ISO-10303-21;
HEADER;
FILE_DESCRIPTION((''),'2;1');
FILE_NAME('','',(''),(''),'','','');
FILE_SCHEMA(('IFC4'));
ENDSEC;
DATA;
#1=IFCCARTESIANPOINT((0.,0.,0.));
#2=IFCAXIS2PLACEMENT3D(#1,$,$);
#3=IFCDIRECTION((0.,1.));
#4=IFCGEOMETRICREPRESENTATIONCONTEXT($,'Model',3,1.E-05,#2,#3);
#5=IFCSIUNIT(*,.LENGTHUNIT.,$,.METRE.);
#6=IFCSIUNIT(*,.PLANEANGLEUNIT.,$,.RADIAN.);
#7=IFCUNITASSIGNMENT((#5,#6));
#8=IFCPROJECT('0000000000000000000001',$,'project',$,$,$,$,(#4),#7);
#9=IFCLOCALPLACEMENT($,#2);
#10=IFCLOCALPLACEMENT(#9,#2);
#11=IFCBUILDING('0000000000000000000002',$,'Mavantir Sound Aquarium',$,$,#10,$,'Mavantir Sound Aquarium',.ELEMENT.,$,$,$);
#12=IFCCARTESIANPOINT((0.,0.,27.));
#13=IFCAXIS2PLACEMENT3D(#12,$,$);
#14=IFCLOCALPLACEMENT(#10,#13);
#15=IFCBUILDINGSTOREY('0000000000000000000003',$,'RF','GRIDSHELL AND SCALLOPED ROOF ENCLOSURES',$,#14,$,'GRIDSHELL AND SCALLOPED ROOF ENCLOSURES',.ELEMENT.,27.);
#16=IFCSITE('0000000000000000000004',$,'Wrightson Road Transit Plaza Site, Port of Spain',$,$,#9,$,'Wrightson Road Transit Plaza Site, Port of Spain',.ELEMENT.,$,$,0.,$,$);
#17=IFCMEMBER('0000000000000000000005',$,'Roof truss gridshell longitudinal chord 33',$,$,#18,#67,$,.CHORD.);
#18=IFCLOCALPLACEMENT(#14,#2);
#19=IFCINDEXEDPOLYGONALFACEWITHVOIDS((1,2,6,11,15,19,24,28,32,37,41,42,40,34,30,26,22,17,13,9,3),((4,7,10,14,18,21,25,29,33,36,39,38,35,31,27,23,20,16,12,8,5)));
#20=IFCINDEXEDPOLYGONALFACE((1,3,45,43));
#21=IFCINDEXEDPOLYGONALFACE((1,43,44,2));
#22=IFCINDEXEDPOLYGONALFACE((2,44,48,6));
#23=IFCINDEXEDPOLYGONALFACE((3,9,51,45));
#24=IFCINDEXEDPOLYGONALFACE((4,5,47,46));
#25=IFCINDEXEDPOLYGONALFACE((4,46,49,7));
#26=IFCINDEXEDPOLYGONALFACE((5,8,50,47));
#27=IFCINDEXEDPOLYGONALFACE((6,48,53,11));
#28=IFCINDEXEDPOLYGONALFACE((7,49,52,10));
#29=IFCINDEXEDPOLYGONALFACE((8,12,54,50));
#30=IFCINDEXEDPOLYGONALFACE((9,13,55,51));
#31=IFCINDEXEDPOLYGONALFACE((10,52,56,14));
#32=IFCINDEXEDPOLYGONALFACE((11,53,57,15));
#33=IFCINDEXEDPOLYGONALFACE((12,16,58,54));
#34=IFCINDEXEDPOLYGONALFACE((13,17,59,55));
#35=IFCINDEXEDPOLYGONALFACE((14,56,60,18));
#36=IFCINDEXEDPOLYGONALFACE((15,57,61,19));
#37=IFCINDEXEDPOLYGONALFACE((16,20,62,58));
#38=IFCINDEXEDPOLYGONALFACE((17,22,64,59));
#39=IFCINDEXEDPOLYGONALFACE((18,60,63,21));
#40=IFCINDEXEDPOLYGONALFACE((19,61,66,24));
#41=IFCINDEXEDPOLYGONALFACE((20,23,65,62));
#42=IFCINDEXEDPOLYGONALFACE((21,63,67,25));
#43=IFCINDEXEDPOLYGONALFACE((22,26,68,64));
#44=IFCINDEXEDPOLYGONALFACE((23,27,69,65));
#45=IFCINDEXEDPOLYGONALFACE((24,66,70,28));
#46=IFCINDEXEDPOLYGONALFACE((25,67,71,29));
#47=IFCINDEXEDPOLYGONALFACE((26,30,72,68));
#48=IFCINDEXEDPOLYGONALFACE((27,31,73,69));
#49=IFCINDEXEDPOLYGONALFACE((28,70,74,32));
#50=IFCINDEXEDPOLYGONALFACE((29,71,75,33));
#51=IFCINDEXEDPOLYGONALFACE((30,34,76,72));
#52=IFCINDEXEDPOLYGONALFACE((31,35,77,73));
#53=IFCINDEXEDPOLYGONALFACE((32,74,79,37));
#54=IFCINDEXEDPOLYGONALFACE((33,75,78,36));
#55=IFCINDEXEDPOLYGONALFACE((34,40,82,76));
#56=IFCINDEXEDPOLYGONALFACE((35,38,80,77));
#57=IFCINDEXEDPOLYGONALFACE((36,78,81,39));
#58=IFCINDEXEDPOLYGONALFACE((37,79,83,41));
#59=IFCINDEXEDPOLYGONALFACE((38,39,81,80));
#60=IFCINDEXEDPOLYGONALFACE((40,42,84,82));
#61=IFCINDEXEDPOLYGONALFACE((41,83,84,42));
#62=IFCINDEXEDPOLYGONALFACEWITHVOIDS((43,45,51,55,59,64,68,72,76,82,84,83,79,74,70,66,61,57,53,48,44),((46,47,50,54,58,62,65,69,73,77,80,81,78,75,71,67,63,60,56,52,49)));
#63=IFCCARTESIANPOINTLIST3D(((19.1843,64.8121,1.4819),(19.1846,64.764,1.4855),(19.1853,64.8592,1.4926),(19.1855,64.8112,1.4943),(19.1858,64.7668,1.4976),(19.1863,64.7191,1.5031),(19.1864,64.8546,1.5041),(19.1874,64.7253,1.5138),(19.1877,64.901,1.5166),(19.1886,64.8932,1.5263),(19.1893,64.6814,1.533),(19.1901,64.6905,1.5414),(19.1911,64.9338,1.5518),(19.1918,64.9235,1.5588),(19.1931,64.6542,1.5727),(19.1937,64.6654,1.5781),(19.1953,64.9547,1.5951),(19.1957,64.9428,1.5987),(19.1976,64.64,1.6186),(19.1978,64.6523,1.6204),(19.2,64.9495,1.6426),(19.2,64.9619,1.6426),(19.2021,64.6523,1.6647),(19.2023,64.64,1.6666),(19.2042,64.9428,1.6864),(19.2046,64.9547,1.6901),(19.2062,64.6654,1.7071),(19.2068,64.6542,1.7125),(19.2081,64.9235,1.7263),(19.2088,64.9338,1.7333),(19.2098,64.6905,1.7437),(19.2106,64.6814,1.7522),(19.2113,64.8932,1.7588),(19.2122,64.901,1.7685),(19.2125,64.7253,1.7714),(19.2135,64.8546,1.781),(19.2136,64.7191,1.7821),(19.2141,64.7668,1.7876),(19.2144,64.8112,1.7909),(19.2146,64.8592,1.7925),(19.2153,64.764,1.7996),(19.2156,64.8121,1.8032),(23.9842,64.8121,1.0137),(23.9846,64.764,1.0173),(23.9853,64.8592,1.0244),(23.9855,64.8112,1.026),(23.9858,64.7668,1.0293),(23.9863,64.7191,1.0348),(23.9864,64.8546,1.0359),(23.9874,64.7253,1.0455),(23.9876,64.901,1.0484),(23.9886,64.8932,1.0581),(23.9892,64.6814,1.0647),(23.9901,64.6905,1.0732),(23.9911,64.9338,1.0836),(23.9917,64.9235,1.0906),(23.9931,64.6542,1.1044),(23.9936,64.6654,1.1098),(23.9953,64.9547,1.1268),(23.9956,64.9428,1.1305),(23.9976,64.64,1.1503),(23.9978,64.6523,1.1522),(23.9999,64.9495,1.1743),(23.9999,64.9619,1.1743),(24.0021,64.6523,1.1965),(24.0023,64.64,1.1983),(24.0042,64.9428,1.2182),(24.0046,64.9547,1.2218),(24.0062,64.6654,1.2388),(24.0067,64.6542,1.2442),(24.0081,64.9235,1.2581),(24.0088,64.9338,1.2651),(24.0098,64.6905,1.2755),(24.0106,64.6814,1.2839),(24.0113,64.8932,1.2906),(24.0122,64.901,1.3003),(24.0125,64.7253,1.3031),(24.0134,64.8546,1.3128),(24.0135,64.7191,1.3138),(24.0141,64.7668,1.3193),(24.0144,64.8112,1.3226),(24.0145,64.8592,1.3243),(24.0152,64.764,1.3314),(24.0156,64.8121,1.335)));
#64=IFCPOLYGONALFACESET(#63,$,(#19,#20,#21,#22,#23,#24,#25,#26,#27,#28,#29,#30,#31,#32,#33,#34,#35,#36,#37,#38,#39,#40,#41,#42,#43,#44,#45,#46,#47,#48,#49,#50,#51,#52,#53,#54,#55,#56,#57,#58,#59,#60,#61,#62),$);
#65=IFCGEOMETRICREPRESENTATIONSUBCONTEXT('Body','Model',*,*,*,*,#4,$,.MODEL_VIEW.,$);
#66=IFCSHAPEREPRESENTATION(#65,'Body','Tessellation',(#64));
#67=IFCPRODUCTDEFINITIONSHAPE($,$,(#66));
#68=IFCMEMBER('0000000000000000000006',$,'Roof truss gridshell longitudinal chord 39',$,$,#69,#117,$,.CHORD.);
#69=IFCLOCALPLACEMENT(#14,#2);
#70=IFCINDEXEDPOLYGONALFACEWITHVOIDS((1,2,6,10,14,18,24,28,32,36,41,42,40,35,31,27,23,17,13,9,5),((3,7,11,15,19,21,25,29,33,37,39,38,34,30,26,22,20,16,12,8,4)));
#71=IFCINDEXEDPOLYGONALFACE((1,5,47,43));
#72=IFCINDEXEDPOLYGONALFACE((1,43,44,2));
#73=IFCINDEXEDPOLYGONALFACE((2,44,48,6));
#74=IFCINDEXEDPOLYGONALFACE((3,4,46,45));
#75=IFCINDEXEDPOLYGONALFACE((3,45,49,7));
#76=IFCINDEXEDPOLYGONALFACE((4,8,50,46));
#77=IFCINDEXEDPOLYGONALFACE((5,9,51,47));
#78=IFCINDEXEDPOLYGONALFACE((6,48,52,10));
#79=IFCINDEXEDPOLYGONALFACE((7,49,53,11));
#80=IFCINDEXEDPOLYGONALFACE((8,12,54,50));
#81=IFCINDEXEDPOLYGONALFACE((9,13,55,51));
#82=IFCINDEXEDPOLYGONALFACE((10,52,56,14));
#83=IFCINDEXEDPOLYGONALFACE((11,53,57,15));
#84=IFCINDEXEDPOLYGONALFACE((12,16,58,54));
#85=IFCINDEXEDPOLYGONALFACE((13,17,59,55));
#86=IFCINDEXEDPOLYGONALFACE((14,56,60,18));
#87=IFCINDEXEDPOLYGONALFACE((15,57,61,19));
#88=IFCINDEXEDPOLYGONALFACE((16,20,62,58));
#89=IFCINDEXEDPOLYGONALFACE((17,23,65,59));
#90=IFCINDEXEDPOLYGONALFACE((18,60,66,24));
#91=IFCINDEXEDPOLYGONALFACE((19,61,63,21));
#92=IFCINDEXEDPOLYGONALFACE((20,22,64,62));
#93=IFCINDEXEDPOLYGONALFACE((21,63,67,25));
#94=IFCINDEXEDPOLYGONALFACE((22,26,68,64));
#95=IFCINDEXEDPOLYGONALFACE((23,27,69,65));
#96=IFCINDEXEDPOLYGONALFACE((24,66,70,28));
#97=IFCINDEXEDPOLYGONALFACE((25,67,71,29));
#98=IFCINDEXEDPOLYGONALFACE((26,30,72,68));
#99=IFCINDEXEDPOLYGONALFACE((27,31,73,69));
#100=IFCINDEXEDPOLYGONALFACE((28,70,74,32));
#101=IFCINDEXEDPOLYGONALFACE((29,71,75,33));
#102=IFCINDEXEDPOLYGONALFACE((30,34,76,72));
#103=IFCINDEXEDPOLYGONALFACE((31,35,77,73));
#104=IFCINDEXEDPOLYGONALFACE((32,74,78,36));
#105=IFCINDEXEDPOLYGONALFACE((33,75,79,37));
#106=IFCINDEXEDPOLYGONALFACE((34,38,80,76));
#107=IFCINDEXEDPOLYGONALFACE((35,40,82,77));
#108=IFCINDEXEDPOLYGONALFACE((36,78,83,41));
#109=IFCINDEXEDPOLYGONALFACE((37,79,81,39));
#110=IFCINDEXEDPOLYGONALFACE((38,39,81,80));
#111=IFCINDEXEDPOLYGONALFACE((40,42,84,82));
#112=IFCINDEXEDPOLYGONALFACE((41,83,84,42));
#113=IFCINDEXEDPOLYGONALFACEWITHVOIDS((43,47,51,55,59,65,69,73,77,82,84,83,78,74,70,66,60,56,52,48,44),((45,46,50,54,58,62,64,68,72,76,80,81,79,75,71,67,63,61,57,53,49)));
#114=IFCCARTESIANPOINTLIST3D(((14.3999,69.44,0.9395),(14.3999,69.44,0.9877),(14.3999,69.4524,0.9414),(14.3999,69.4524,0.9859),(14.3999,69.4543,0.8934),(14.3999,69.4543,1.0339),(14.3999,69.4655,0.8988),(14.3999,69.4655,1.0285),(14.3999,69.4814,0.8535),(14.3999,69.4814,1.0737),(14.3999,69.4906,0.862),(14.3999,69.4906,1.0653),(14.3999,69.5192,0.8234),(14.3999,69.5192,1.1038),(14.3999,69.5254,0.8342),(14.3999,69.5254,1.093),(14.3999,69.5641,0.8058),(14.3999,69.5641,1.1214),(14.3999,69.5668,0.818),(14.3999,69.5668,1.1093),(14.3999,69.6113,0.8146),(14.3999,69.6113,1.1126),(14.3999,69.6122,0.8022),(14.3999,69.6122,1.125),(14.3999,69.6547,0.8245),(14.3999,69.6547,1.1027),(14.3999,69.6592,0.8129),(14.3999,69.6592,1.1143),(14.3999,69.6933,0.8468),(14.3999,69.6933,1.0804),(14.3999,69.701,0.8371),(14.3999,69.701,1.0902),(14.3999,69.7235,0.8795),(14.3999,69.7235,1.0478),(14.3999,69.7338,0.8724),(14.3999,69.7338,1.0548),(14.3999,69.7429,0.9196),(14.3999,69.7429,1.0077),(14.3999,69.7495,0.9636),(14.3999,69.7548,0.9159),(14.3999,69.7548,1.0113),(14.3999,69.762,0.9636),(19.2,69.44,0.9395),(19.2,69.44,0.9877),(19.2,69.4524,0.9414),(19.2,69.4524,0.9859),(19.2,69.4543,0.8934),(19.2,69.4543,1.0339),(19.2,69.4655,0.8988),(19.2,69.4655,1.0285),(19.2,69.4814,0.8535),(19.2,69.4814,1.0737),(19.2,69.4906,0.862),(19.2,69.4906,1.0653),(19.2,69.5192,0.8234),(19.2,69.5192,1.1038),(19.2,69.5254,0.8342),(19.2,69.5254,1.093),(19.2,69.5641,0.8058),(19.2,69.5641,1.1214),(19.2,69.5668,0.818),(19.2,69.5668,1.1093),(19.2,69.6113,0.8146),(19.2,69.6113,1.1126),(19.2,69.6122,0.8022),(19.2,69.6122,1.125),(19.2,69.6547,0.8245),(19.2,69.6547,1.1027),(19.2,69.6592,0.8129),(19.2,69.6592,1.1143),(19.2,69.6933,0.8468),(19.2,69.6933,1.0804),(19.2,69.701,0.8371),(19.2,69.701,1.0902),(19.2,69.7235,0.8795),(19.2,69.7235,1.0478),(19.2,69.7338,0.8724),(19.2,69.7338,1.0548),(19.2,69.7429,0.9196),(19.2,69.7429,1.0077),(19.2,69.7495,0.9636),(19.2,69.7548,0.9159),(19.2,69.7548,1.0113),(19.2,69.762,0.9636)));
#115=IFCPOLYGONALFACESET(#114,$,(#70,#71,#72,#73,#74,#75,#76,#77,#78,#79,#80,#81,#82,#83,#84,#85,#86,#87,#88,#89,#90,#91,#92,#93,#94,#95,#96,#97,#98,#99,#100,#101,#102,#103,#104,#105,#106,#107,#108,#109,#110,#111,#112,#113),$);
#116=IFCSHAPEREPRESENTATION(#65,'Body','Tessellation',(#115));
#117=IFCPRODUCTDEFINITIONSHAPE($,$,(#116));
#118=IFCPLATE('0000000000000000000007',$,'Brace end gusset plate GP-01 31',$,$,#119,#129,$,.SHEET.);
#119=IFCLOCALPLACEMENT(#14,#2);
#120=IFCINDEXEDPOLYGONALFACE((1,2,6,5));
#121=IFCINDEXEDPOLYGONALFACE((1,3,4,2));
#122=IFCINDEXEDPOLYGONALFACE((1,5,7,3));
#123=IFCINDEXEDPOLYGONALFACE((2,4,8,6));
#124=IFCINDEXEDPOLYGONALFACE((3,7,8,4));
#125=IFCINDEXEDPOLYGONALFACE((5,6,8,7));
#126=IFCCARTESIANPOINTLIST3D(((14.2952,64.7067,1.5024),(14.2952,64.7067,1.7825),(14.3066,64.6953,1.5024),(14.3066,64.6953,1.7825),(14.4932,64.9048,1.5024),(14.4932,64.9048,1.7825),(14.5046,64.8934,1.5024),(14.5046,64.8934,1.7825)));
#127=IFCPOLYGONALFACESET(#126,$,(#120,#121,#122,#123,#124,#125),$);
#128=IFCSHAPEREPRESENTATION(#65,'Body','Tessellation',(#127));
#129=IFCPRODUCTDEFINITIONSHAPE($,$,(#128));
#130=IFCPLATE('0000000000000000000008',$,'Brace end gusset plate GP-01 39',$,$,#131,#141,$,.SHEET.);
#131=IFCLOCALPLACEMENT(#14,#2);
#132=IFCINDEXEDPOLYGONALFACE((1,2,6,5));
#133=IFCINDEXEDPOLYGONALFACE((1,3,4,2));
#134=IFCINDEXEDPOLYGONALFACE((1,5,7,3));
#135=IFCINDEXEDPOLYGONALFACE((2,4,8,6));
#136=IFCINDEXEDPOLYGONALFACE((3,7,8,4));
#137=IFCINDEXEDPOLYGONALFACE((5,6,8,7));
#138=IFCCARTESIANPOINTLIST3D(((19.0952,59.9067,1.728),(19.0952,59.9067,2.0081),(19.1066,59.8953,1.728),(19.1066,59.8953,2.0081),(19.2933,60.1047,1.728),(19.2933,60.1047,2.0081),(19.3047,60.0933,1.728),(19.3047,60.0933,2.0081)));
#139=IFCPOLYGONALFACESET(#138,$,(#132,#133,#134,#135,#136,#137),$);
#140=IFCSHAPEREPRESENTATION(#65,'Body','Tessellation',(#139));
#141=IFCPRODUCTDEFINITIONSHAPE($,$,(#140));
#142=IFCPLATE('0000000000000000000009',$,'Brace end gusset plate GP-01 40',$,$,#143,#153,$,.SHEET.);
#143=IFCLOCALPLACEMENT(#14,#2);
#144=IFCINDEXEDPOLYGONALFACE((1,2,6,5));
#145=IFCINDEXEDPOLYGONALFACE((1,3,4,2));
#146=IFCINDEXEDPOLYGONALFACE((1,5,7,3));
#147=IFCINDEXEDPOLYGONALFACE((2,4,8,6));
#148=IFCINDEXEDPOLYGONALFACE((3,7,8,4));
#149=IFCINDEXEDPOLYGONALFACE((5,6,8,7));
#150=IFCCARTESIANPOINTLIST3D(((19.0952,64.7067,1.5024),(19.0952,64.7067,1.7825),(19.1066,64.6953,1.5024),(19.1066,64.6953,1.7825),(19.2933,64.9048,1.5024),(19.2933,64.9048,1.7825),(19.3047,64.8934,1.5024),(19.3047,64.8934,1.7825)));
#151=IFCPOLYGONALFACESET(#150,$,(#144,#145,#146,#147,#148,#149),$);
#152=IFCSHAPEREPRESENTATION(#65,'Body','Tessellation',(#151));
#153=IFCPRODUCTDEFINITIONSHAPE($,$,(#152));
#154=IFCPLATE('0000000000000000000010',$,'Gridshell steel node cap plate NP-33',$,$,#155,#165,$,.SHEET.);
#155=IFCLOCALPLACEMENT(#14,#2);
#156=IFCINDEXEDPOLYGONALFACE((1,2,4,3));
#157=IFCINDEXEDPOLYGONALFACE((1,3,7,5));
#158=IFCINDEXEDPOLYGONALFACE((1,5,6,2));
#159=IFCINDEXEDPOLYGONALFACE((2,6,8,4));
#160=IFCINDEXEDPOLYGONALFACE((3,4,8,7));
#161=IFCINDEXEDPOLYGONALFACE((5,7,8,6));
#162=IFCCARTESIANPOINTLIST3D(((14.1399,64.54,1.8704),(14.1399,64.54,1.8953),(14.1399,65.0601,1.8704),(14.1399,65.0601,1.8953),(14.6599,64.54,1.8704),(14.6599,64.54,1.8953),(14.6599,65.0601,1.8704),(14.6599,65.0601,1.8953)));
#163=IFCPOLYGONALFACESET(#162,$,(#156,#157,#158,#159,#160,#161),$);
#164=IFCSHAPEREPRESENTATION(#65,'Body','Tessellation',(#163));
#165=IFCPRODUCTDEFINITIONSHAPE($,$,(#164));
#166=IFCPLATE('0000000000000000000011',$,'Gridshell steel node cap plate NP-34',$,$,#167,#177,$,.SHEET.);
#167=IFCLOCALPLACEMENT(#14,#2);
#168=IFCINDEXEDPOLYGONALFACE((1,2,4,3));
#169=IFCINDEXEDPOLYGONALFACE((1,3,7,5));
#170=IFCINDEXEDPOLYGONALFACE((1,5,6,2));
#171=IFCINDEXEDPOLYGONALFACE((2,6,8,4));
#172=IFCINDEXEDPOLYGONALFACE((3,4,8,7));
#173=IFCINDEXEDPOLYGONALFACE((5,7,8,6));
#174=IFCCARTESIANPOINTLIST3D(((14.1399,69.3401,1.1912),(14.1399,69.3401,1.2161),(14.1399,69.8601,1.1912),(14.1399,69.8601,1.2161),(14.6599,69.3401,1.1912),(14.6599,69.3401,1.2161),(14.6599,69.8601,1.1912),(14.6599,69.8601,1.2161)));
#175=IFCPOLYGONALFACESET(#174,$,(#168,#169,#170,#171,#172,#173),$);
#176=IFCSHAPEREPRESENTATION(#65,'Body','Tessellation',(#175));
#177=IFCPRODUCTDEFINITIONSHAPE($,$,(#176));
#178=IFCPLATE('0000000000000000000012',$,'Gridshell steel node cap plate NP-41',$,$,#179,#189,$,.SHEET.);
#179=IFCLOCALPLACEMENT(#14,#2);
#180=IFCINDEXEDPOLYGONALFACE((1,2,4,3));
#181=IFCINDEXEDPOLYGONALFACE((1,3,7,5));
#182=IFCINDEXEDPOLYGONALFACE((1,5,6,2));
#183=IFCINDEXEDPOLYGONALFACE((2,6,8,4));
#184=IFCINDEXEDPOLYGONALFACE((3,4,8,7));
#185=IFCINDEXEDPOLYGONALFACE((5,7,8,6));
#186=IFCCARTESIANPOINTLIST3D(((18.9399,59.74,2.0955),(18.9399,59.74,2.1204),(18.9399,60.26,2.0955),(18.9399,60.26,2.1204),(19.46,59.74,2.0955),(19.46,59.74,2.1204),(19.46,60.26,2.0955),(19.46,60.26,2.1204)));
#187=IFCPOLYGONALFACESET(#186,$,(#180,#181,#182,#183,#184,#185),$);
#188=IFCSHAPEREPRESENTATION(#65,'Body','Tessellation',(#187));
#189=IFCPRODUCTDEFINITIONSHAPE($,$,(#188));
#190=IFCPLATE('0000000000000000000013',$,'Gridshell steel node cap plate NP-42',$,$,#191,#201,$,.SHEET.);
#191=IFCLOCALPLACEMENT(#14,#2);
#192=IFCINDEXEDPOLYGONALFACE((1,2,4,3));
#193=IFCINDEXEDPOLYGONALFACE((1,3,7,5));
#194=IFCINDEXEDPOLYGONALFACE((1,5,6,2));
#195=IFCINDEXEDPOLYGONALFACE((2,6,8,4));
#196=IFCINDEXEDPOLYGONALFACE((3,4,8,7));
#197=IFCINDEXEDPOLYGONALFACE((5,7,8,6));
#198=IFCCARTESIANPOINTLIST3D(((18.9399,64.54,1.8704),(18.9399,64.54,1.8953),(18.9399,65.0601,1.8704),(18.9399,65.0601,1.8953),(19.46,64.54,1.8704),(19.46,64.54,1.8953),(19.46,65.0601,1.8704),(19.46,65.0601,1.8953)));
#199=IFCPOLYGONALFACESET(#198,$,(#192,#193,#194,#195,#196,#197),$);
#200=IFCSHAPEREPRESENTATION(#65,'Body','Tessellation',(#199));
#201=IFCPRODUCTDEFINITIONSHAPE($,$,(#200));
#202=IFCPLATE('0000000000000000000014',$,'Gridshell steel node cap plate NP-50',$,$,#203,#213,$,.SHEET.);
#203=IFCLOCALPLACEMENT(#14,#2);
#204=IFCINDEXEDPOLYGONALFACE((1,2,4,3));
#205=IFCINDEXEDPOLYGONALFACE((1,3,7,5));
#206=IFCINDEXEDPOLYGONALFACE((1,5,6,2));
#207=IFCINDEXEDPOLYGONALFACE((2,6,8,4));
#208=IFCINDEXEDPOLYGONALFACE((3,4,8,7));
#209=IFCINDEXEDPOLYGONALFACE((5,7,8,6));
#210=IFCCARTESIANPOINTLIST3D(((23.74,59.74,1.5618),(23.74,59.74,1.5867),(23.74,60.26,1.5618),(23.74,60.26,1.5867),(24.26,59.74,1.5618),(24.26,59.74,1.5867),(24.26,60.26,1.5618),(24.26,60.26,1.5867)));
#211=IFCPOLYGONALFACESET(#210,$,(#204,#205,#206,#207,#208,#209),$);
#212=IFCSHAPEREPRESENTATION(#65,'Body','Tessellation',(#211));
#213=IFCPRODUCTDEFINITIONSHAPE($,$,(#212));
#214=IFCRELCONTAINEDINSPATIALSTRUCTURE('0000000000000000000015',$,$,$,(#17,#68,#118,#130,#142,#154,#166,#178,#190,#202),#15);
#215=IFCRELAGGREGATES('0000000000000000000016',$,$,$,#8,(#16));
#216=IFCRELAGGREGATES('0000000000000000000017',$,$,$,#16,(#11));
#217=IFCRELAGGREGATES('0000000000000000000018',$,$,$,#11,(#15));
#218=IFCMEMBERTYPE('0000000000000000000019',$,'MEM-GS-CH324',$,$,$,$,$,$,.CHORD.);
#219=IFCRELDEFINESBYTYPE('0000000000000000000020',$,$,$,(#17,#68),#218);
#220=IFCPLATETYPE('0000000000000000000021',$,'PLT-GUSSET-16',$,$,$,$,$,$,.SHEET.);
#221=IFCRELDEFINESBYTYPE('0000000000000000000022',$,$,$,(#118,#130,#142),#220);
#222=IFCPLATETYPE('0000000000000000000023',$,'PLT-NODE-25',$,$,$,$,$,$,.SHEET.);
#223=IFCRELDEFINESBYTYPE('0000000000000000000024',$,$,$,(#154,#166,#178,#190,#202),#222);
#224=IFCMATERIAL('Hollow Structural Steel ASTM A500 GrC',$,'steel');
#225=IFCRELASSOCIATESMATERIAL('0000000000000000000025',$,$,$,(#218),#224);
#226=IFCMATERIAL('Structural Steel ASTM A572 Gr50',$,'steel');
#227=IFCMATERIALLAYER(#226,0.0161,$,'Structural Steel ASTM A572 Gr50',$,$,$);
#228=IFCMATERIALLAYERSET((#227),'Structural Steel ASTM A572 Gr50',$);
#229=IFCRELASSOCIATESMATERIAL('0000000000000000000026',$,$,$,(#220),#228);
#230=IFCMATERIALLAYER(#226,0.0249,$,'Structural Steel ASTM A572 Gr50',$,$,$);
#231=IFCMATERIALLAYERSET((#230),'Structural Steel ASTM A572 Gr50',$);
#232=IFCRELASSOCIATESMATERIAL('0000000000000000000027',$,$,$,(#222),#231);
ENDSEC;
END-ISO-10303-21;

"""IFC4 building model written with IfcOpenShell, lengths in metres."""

from ifc_helpers import new_model, si_unit, direction, frame, origin, origin_2d, place, context, subcontext, project, spatial, rectangle, hollow_circle, extrude, material, layer, layer_set, material_profile, profile_set, type_object, element, save


model = new_model("IFC4")

# Units and contexts
model_context = context("Model", 3, precision=1e-05, world=origin(), true_north=direction((0.0, 1.0)))
body_context = subcontext(model_context, "Body", "Model", "MODEL_VIEW")
ifc_project = project(units=[si_unit("LENGTHUNIT", "METRE"), si_unit("PLANEANGLEUNIT", "RADIAN")], contexts=[model_context])

# Site, building, storey
site_placement = place(None, origin())
site = spatial("IfcSite", under=ifc_project, at=site_placement, Name="Wrightson Road Transit Plaza Site, Port of Spain", LongName="Wrightson Road Transit Plaza Site, Port of Spain", CompositionType="ELEMENT", RefElevation=0.0)
building_placement = place(site_placement, origin())
building = spatial("IfcBuilding", under=site, at=building_placement, Name="Mavantir Sound Aquarium", LongName="Mavantir Sound Aquarium", CompositionType="ELEMENT")
storey_placement = place(building_placement, frame((0.0, 0.0, 27.0)))
storey = spatial("IfcBuildingStorey", under=building, at=storey_placement, Name="RF", Description="GRIDSHELL AND SCALLOPED ROOF ENCLOSURES", LongName="GRIDSHELL AND SCALLOPED ROOF ENCLOSURES", CompositionType="ELEMENT", Elevation=27.0)

# Members
ifc_material_1 = material(Name="Hollow Structural Steel ASTM A500 GrC", Category="steel")
ifc_material_profile_1 = material_profile(ifc_material_1, hollow_circle(Radius=0.1619, WallThickness=0.0125, at=origin_2d()), Name="CHS 323.9X12.5")
ifc_profile_set_1 = profile_set([ifc_material_profile_1], Name="Hollow Structural Steel ASTM A500 GrC")
member_type_1 = type_object("IfcMemberType", Name="MEM-GS-CH324", PredefinedType="CHORD", material=ifc_profile_set_1)
member_1_placement = place(storey_placement, frame((19.2, 64.8, 1.6426), z_axis=(0.995275, 0.0, -0.097093), x_axis=(0.0, 1.0, 0.0)))
element("IfcMember", 1, at=member_1_placement, inside=storey, type_object=member_type_1, Name="Roof truss gridshell longitudinal chord 33", PredefinedType="CHORD", context=body_context, shape_type="SweptSolid", body=[
    extrude(hollow_circle(Radius=0.1619, WallThickness=0.0125, at=origin_2d()), origin(), (0.0, 0.0, 1.0), 4.8228),
])
member_2_placement = place(storey_placement, frame((14.3999, 69.6001, 0.9636), z_axis=(1.0, 0.0, 0.0), x_axis=(0.0, 1.0, 0.0)))
element("IfcMember", 2, at=member_2_placement, inside=storey, type_object=member_type_1, Name="Roof truss gridshell longitudinal chord 39", PredefinedType="CHORD", context=body_context, shape_type="SweptSolid", body=[
    extrude(hollow_circle(Radius=0.1619, WallThickness=0.0125, at=origin_2d()), origin(), (0.0, 0.0, 1.0), 4.8),
])

# Plates
ifc_material_2 = material(Name="Structural Steel ASTM A572 Gr50", Category="steel")
ifc_layer_1 = layer(ifc_material_2, 0.0161, Name="Structural Steel ASTM A572 Gr50")
ifc_layer_set_1 = layer_set([ifc_layer_1], Name="Structural Steel ASTM A572 Gr50")
plate_type_1 = type_object("IfcPlateType", Name="PLT-GUSSET-16", PredefinedType="SHEET", material=ifc_layer_set_1)
for number, where, z_axis, x_axis, name in (
    (3, (14.3999, 64.8, 1.5024), (0.0, 0.0, 1.0), (0.707107, 0.707107, 0.0), "Brace end gusset plate GP-01 31"),
    (4, (19.2, 60.0, 1.728), (0.0, 0.0, 1.0), (0.707107, 0.707107, 0.0), "Brace end gusset plate GP-01 39"),
    (5, (19.2, 64.8, 1.5024), (0.0, 0.0, 1.0), (0.707107, 0.707107, 0.0), "Brace end gusset plate GP-01 40"),
):
    element("IfcPlate", number, at=place(storey_placement, frame(where, z_axis=z_axis, x_axis=x_axis)), inside=storey, type_object=plate_type_1, Name=name, PredefinedType="SHEET", context=body_context, shape_type="SweptSolid", body=[
        extrude(rectangle(XDim=0.28, YDim=0.0161, at=origin_2d()), origin(), (0.0, 0.0, 1.0), 0.28),
    ])
ifc_layer_2 = layer(ifc_material_2, 0.0249, Name="Structural Steel ASTM A572 Gr50")
ifc_layer_set_2 = layer_set([ifc_layer_2], Name="Structural Steel ASTM A572 Gr50")
plate_type_2 = type_object("IfcPlateType", Name="PLT-NODE-25", PredefinedType="SHEET", material=ifc_layer_set_2)
for number, where, z_axis, x_axis, name in (
    (6, (14.3999, 64.8, 1.8704), (0.0, 0.0, 1.0), (1.0, 0.0, 0.0), "Gridshell steel node cap plate NP-33"),
    (7, (14.3999, 69.6001, 1.1912), (0.0, 0.0, 1.0), (1.0, 0.0, 0.0), "Gridshell steel node cap plate NP-34"),
    (8, (19.2, 60.0, 2.0955), (0.0, 0.0, 1.0), (1.0, 0.0, 0.0), "Gridshell steel node cap plate NP-41"),
    (9, (19.2, 64.8, 1.8704), (0.0, 0.0, 1.0), (1.0, 0.0, 0.0), "Gridshell steel node cap plate NP-42"),
    (10, (24.0, 60.0, 1.5618), (0.0, 0.0, 1.0), (1.0, 0.0, 0.0), "Gridshell steel node cap plate NP-50"),
):
    element("IfcPlate", number, at=place(storey_placement, frame(where, z_axis=z_axis, x_axis=x_axis)), inside=storey, type_object=plate_type_2, Name=name, PredefinedType="SHEET", context=body_context, shape_type="SweptSolid", body=[
        extrude(rectangle(XDim=0.52, YDim=0.52, at=origin_2d()), origin(), (0.0, 0.0, 1.0), 0.0249),
    ])

save(model, "model.ifc")
